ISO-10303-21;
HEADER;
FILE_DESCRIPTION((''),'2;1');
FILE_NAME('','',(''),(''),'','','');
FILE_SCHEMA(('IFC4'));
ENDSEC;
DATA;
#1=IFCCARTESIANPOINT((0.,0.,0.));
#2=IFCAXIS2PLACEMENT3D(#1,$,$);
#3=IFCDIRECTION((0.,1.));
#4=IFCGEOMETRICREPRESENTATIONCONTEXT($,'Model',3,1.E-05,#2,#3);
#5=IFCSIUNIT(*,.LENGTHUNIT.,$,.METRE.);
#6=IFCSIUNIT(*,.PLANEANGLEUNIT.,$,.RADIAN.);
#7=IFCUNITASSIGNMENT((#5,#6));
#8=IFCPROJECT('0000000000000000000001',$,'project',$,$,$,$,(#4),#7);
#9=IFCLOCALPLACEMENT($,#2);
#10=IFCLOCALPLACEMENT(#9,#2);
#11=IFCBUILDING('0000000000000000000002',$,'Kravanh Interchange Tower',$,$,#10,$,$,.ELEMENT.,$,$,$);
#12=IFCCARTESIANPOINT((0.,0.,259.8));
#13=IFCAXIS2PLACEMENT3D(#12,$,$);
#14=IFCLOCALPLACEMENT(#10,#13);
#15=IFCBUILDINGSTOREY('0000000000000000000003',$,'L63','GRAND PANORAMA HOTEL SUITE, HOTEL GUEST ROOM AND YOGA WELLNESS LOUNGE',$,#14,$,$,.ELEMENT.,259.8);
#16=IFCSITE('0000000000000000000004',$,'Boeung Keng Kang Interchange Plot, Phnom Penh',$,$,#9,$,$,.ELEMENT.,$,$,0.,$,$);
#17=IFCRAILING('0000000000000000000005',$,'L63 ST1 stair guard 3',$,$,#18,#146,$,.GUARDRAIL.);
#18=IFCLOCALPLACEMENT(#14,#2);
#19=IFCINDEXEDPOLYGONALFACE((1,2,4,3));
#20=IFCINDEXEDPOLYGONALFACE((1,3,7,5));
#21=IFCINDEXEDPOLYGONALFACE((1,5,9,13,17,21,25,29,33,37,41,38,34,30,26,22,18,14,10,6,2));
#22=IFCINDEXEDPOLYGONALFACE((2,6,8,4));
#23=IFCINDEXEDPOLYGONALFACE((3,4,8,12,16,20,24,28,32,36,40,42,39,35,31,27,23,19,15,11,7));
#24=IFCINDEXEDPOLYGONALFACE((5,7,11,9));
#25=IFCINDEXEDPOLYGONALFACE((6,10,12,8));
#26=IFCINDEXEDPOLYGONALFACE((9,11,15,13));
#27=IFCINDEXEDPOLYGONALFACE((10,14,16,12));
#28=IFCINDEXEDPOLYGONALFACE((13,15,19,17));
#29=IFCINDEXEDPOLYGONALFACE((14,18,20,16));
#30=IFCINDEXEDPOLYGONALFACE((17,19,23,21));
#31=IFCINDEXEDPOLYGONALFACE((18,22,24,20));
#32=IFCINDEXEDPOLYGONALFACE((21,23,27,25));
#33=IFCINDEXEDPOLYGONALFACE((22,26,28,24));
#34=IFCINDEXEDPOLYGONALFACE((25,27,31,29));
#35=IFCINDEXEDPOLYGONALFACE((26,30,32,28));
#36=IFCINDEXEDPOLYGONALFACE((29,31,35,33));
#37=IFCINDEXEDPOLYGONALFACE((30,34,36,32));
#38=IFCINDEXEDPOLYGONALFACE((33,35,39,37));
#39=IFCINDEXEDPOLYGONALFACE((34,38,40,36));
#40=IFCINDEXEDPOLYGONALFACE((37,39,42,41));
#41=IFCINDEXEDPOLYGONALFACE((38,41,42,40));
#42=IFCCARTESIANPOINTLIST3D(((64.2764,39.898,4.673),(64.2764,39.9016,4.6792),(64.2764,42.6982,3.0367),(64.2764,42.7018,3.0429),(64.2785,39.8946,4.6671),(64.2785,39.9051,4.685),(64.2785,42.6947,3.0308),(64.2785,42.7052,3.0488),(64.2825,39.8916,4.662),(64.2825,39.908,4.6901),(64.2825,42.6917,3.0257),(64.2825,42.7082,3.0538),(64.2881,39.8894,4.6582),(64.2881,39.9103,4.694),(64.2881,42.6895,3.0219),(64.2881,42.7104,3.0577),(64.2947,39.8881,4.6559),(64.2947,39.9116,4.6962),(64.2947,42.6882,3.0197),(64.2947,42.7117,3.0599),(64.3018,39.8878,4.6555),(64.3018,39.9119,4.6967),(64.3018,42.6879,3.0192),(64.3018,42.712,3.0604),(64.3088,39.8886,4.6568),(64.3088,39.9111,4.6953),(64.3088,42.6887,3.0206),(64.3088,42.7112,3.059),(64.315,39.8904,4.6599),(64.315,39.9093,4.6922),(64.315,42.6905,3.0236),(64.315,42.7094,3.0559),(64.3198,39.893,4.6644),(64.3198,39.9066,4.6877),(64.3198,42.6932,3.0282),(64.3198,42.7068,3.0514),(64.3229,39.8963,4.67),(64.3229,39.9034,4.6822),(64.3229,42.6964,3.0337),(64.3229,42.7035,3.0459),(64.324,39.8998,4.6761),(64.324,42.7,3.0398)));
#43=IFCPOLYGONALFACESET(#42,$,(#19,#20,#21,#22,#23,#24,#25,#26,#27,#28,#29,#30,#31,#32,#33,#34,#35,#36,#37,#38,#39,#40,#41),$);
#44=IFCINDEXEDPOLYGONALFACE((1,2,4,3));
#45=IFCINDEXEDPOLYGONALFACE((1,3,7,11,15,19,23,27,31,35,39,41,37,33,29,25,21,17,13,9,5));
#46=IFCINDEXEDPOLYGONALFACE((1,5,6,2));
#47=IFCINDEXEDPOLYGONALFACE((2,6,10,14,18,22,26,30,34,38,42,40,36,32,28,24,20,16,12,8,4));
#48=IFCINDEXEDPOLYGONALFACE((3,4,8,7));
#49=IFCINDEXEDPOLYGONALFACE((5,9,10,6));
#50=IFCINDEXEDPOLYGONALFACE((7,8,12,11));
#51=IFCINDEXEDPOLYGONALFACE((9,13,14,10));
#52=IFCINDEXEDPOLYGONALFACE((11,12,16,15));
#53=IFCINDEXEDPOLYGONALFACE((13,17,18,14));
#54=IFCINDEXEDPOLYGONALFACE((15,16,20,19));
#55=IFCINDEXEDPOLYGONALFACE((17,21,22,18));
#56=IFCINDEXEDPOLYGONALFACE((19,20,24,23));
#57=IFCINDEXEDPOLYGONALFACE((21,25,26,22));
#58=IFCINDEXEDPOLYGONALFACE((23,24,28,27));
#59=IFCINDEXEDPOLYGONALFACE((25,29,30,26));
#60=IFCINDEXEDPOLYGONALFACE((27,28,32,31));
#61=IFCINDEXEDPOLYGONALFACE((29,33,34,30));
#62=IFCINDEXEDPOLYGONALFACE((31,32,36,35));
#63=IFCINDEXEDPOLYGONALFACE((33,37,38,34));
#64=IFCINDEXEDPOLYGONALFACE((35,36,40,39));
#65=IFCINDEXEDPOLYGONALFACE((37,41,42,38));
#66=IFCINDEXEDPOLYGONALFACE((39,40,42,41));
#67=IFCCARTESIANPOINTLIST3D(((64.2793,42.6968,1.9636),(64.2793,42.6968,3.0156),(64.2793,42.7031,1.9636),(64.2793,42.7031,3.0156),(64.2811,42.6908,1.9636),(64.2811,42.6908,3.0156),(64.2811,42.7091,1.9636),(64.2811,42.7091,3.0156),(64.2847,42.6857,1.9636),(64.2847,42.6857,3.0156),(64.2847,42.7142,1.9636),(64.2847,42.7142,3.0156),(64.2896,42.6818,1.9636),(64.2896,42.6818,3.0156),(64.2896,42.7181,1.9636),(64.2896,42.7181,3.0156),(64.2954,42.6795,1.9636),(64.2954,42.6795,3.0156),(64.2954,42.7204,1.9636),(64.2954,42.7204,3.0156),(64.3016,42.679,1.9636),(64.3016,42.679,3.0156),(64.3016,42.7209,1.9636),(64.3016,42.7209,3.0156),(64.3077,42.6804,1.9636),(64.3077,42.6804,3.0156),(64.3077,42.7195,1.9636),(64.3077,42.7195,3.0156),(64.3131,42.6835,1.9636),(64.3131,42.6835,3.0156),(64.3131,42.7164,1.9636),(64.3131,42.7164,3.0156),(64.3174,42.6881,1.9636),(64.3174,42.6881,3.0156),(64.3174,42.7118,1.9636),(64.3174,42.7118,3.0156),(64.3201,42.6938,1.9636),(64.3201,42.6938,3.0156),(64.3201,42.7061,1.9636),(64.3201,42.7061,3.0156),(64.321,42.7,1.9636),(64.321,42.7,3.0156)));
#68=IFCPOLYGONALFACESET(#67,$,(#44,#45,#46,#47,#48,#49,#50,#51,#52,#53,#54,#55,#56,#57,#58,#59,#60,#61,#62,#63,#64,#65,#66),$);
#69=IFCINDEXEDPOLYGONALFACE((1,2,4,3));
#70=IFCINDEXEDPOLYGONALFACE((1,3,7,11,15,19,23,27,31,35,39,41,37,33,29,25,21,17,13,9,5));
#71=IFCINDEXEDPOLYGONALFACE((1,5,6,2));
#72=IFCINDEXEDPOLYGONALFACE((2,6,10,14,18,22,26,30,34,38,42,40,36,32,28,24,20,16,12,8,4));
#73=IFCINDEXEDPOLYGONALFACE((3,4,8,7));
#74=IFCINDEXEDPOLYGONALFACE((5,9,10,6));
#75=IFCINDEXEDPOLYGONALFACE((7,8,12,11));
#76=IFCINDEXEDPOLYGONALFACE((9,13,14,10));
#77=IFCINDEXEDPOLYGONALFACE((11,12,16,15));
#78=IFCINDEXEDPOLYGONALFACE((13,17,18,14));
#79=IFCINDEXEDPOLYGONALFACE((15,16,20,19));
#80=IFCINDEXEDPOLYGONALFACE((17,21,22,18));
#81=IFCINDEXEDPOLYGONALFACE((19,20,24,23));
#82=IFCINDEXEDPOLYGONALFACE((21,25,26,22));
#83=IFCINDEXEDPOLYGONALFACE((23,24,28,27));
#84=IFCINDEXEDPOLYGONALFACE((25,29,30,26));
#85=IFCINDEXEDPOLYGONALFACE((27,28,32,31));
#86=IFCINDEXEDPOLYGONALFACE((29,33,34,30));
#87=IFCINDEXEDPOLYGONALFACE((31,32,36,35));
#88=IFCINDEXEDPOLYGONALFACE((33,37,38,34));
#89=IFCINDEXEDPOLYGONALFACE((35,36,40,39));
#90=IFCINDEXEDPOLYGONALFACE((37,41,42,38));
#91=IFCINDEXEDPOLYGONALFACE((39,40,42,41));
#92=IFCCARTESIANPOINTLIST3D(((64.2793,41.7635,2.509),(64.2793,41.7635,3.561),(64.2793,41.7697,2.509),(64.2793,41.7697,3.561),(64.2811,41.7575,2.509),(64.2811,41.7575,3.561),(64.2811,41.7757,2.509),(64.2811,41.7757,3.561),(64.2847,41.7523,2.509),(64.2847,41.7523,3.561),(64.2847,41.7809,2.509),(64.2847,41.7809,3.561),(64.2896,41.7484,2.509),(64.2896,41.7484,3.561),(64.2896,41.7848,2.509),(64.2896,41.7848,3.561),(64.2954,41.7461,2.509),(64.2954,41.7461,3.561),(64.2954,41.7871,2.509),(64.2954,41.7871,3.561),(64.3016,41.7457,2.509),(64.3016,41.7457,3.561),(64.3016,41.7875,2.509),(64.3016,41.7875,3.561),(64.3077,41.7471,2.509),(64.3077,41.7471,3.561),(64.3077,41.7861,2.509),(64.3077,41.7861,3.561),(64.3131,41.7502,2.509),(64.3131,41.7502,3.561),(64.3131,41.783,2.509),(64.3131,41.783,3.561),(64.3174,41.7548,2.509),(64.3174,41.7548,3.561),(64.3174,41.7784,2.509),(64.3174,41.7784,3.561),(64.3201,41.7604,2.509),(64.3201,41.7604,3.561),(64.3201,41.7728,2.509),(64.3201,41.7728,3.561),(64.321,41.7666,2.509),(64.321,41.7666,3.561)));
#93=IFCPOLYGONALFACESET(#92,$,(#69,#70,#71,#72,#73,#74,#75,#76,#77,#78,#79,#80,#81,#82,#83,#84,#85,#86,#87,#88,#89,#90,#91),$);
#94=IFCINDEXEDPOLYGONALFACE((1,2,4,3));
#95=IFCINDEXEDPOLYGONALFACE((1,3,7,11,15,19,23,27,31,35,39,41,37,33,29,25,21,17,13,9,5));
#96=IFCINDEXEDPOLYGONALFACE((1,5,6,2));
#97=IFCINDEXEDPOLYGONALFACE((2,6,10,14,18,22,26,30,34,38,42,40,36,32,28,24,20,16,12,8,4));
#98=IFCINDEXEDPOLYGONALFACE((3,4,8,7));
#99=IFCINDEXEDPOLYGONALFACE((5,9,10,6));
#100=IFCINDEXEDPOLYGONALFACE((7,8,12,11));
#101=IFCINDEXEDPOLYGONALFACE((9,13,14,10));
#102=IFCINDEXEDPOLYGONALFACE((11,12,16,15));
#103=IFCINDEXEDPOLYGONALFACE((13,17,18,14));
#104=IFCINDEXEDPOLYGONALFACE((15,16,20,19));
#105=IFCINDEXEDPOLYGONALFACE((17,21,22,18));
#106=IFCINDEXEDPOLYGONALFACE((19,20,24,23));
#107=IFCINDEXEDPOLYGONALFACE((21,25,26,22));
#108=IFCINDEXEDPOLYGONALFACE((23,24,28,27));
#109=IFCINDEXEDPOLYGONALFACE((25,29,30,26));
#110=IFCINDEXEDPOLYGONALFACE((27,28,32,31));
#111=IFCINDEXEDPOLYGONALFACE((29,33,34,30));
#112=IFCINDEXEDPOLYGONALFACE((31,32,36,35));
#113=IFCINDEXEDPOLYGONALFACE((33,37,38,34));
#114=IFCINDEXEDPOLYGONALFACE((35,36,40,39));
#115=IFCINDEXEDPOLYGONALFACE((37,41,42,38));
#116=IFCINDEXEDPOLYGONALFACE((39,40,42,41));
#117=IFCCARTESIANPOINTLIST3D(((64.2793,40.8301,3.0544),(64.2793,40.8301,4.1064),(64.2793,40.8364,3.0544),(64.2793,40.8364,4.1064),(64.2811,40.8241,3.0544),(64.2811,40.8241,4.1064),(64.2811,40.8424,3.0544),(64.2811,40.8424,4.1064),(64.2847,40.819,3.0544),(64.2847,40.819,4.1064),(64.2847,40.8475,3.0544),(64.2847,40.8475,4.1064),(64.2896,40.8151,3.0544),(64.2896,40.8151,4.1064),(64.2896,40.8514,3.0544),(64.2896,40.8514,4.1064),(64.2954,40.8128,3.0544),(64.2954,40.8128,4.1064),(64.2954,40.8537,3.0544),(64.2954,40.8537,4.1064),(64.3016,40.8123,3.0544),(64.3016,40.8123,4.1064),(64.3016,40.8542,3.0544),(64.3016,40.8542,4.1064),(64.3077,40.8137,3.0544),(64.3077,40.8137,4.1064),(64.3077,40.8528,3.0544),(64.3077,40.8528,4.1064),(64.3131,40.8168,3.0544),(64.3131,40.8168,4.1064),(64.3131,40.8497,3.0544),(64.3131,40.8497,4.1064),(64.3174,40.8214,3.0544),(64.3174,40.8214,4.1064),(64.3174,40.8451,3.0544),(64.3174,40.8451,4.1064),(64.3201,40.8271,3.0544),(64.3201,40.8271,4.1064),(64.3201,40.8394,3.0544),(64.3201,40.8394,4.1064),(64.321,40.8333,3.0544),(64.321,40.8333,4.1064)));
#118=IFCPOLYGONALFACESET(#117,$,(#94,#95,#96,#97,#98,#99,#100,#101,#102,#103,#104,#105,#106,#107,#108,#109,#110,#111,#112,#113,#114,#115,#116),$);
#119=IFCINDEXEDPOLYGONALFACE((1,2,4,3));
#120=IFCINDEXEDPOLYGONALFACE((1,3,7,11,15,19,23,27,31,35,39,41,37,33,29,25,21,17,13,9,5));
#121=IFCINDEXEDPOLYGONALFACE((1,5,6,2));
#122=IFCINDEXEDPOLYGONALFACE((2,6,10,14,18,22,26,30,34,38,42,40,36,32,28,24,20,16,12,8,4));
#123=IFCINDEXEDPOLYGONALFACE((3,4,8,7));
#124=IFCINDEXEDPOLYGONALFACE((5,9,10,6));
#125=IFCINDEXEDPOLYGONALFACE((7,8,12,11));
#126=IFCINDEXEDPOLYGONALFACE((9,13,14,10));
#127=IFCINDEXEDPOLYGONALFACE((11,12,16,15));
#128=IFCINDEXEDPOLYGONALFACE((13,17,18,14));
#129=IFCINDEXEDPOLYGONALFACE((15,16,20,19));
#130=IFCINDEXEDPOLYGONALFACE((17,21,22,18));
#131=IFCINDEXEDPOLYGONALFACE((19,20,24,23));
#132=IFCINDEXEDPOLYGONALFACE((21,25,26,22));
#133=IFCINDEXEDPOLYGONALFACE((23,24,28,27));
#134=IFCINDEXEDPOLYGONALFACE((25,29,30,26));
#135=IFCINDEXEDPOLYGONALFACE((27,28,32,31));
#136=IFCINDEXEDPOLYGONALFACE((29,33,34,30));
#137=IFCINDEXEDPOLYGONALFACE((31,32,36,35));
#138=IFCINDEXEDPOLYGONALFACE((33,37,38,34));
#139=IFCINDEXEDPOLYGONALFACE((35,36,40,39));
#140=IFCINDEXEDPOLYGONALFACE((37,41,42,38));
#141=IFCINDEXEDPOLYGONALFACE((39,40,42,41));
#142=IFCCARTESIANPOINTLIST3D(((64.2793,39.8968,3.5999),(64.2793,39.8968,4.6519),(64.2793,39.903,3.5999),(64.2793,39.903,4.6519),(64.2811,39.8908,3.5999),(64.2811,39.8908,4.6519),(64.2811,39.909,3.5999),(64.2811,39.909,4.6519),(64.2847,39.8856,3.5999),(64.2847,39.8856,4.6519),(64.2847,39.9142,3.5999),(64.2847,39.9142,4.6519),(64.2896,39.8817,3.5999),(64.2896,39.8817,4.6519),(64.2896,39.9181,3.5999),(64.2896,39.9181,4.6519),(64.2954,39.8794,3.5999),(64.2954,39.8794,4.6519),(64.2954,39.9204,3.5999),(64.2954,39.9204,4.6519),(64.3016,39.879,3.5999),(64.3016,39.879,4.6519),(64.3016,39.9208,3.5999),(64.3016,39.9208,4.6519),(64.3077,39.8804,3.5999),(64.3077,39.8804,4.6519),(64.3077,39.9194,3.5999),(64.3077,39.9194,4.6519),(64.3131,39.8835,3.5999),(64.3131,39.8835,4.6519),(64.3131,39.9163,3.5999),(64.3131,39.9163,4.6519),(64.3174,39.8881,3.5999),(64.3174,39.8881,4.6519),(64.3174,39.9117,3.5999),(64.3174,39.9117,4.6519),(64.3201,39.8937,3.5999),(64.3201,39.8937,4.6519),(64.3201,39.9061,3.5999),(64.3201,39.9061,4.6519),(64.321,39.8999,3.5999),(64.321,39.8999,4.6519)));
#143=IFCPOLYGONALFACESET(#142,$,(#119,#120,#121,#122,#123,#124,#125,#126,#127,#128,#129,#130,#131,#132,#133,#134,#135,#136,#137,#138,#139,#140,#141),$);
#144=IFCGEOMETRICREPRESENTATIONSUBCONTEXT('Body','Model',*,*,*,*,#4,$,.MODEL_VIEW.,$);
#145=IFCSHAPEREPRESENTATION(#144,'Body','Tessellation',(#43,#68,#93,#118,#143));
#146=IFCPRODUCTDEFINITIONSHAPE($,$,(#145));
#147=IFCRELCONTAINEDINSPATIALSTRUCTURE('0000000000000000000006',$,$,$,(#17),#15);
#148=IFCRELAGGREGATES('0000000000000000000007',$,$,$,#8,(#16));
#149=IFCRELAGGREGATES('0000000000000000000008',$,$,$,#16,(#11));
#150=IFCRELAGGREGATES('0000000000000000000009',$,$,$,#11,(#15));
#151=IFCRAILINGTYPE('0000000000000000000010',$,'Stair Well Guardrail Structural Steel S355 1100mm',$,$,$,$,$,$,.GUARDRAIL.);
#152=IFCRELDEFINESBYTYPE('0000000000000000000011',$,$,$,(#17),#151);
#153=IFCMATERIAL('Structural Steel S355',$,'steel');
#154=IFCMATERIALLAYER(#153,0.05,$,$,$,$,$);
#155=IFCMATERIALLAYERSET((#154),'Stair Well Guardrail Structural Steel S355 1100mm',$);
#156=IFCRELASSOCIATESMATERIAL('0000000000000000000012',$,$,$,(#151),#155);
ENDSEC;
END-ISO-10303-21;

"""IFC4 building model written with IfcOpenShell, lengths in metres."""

from ifc_helpers import new_model, si_unit, direction, frame, origin, origin_2d, place, context, subcontext, project, spatial, circle, extrude, material, layer, layer_set, type_object, element, save


model = new_model("IFC4")

# Units and contexts
model_context = context("Model", 3, precision=1e-05, world=origin(), true_north=direction((0.0, 1.0)))
body_context = subcontext(model_context, "Body", "Model", "MODEL_VIEW")
ifc_project = project(units=[si_unit("LENGTHUNIT", "METRE"), si_unit("PLANEANGLEUNIT", "RADIAN")], contexts=[model_context])

# Site, building, storey
site_placement = place(None, origin())
site = spatial("IfcSite", under=ifc_project, at=site_placement, Name="Boeung Keng Kang Interchange Plot, Phnom Penh", CompositionType="ELEMENT", RefElevation=0.0)
building_placement = place(site_placement, origin())
building = spatial("IfcBuilding", under=site, at=building_placement, Name="Kravanh Interchange Tower", CompositionType="ELEMENT")
storey_placement = place(building_placement, frame((0.0, 0.0, 259.8)))
storey = spatial("IfcBuildingStorey", under=building, at=storey_placement, Name="L63", Description="GRAND PANORAMA HOTEL SUITE, HOTEL GUEST ROOM AND YOGA WELLNESS LOUNGE", CompositionType="ELEMENT", Elevation=259.8)

# Railing
ifc_material_1 = material(Name="Structural Steel S355", Category="steel")
ifc_layer_1 = layer(ifc_material_1, 0.05)
ifc_layer_set_1 = layer_set([ifc_layer_1], Name="Stair Well Guardrail Structural Steel S355 1100mm")
railing_type_1 = type_object("IfcRailingType", Name="Stair Well Guardrail Structural Steel S355 1100mm", PredefinedType="GUARDRAIL", material=ifc_layer_set_1)
railing_1_placement = place(storey_placement, frame((64.3, 42.7, 1.9636)))
element("IfcRailing", 1, at=railing_1_placement, inside=storey, type_object=railing_type_1, Name="L63 ST1 stair guard 3", PredefinedType="GUARDRAIL", context=body_context, shape_type="SweptSolid", body=[
    extrude(circle(Radius=0.0239, at=origin_2d()), frame((0.0, 0.0, 1.0762), z_axis=(0.0, -0.863394, 0.504531), x_axis=(1.0, 0.0, 0.0)), (0.0, 0.0, 1.0), 3.2432),
    extrude(circle(Radius=0.021, at=origin_2d()), origin(), (0.0, 0.0, 1.0), 1.052),
    extrude(circle(Radius=0.021, at=origin_2d()), frame((0.0, -0.9333, 0.5454)), (0.0, 0.0, 1.0), 1.052),
    extrude(circle(Radius=0.021, at=origin_2d()), frame((0.0, -1.8667, 1.0908)), (0.0, 0.0, 1.0), 1.052),
    extrude(circle(Radius=0.021, at=origin_2d()), frame((0.0, -2.8, 1.6362)), (0.0, 0.0, 1.0), 1.052),
])

save(model, "model.ifc")
